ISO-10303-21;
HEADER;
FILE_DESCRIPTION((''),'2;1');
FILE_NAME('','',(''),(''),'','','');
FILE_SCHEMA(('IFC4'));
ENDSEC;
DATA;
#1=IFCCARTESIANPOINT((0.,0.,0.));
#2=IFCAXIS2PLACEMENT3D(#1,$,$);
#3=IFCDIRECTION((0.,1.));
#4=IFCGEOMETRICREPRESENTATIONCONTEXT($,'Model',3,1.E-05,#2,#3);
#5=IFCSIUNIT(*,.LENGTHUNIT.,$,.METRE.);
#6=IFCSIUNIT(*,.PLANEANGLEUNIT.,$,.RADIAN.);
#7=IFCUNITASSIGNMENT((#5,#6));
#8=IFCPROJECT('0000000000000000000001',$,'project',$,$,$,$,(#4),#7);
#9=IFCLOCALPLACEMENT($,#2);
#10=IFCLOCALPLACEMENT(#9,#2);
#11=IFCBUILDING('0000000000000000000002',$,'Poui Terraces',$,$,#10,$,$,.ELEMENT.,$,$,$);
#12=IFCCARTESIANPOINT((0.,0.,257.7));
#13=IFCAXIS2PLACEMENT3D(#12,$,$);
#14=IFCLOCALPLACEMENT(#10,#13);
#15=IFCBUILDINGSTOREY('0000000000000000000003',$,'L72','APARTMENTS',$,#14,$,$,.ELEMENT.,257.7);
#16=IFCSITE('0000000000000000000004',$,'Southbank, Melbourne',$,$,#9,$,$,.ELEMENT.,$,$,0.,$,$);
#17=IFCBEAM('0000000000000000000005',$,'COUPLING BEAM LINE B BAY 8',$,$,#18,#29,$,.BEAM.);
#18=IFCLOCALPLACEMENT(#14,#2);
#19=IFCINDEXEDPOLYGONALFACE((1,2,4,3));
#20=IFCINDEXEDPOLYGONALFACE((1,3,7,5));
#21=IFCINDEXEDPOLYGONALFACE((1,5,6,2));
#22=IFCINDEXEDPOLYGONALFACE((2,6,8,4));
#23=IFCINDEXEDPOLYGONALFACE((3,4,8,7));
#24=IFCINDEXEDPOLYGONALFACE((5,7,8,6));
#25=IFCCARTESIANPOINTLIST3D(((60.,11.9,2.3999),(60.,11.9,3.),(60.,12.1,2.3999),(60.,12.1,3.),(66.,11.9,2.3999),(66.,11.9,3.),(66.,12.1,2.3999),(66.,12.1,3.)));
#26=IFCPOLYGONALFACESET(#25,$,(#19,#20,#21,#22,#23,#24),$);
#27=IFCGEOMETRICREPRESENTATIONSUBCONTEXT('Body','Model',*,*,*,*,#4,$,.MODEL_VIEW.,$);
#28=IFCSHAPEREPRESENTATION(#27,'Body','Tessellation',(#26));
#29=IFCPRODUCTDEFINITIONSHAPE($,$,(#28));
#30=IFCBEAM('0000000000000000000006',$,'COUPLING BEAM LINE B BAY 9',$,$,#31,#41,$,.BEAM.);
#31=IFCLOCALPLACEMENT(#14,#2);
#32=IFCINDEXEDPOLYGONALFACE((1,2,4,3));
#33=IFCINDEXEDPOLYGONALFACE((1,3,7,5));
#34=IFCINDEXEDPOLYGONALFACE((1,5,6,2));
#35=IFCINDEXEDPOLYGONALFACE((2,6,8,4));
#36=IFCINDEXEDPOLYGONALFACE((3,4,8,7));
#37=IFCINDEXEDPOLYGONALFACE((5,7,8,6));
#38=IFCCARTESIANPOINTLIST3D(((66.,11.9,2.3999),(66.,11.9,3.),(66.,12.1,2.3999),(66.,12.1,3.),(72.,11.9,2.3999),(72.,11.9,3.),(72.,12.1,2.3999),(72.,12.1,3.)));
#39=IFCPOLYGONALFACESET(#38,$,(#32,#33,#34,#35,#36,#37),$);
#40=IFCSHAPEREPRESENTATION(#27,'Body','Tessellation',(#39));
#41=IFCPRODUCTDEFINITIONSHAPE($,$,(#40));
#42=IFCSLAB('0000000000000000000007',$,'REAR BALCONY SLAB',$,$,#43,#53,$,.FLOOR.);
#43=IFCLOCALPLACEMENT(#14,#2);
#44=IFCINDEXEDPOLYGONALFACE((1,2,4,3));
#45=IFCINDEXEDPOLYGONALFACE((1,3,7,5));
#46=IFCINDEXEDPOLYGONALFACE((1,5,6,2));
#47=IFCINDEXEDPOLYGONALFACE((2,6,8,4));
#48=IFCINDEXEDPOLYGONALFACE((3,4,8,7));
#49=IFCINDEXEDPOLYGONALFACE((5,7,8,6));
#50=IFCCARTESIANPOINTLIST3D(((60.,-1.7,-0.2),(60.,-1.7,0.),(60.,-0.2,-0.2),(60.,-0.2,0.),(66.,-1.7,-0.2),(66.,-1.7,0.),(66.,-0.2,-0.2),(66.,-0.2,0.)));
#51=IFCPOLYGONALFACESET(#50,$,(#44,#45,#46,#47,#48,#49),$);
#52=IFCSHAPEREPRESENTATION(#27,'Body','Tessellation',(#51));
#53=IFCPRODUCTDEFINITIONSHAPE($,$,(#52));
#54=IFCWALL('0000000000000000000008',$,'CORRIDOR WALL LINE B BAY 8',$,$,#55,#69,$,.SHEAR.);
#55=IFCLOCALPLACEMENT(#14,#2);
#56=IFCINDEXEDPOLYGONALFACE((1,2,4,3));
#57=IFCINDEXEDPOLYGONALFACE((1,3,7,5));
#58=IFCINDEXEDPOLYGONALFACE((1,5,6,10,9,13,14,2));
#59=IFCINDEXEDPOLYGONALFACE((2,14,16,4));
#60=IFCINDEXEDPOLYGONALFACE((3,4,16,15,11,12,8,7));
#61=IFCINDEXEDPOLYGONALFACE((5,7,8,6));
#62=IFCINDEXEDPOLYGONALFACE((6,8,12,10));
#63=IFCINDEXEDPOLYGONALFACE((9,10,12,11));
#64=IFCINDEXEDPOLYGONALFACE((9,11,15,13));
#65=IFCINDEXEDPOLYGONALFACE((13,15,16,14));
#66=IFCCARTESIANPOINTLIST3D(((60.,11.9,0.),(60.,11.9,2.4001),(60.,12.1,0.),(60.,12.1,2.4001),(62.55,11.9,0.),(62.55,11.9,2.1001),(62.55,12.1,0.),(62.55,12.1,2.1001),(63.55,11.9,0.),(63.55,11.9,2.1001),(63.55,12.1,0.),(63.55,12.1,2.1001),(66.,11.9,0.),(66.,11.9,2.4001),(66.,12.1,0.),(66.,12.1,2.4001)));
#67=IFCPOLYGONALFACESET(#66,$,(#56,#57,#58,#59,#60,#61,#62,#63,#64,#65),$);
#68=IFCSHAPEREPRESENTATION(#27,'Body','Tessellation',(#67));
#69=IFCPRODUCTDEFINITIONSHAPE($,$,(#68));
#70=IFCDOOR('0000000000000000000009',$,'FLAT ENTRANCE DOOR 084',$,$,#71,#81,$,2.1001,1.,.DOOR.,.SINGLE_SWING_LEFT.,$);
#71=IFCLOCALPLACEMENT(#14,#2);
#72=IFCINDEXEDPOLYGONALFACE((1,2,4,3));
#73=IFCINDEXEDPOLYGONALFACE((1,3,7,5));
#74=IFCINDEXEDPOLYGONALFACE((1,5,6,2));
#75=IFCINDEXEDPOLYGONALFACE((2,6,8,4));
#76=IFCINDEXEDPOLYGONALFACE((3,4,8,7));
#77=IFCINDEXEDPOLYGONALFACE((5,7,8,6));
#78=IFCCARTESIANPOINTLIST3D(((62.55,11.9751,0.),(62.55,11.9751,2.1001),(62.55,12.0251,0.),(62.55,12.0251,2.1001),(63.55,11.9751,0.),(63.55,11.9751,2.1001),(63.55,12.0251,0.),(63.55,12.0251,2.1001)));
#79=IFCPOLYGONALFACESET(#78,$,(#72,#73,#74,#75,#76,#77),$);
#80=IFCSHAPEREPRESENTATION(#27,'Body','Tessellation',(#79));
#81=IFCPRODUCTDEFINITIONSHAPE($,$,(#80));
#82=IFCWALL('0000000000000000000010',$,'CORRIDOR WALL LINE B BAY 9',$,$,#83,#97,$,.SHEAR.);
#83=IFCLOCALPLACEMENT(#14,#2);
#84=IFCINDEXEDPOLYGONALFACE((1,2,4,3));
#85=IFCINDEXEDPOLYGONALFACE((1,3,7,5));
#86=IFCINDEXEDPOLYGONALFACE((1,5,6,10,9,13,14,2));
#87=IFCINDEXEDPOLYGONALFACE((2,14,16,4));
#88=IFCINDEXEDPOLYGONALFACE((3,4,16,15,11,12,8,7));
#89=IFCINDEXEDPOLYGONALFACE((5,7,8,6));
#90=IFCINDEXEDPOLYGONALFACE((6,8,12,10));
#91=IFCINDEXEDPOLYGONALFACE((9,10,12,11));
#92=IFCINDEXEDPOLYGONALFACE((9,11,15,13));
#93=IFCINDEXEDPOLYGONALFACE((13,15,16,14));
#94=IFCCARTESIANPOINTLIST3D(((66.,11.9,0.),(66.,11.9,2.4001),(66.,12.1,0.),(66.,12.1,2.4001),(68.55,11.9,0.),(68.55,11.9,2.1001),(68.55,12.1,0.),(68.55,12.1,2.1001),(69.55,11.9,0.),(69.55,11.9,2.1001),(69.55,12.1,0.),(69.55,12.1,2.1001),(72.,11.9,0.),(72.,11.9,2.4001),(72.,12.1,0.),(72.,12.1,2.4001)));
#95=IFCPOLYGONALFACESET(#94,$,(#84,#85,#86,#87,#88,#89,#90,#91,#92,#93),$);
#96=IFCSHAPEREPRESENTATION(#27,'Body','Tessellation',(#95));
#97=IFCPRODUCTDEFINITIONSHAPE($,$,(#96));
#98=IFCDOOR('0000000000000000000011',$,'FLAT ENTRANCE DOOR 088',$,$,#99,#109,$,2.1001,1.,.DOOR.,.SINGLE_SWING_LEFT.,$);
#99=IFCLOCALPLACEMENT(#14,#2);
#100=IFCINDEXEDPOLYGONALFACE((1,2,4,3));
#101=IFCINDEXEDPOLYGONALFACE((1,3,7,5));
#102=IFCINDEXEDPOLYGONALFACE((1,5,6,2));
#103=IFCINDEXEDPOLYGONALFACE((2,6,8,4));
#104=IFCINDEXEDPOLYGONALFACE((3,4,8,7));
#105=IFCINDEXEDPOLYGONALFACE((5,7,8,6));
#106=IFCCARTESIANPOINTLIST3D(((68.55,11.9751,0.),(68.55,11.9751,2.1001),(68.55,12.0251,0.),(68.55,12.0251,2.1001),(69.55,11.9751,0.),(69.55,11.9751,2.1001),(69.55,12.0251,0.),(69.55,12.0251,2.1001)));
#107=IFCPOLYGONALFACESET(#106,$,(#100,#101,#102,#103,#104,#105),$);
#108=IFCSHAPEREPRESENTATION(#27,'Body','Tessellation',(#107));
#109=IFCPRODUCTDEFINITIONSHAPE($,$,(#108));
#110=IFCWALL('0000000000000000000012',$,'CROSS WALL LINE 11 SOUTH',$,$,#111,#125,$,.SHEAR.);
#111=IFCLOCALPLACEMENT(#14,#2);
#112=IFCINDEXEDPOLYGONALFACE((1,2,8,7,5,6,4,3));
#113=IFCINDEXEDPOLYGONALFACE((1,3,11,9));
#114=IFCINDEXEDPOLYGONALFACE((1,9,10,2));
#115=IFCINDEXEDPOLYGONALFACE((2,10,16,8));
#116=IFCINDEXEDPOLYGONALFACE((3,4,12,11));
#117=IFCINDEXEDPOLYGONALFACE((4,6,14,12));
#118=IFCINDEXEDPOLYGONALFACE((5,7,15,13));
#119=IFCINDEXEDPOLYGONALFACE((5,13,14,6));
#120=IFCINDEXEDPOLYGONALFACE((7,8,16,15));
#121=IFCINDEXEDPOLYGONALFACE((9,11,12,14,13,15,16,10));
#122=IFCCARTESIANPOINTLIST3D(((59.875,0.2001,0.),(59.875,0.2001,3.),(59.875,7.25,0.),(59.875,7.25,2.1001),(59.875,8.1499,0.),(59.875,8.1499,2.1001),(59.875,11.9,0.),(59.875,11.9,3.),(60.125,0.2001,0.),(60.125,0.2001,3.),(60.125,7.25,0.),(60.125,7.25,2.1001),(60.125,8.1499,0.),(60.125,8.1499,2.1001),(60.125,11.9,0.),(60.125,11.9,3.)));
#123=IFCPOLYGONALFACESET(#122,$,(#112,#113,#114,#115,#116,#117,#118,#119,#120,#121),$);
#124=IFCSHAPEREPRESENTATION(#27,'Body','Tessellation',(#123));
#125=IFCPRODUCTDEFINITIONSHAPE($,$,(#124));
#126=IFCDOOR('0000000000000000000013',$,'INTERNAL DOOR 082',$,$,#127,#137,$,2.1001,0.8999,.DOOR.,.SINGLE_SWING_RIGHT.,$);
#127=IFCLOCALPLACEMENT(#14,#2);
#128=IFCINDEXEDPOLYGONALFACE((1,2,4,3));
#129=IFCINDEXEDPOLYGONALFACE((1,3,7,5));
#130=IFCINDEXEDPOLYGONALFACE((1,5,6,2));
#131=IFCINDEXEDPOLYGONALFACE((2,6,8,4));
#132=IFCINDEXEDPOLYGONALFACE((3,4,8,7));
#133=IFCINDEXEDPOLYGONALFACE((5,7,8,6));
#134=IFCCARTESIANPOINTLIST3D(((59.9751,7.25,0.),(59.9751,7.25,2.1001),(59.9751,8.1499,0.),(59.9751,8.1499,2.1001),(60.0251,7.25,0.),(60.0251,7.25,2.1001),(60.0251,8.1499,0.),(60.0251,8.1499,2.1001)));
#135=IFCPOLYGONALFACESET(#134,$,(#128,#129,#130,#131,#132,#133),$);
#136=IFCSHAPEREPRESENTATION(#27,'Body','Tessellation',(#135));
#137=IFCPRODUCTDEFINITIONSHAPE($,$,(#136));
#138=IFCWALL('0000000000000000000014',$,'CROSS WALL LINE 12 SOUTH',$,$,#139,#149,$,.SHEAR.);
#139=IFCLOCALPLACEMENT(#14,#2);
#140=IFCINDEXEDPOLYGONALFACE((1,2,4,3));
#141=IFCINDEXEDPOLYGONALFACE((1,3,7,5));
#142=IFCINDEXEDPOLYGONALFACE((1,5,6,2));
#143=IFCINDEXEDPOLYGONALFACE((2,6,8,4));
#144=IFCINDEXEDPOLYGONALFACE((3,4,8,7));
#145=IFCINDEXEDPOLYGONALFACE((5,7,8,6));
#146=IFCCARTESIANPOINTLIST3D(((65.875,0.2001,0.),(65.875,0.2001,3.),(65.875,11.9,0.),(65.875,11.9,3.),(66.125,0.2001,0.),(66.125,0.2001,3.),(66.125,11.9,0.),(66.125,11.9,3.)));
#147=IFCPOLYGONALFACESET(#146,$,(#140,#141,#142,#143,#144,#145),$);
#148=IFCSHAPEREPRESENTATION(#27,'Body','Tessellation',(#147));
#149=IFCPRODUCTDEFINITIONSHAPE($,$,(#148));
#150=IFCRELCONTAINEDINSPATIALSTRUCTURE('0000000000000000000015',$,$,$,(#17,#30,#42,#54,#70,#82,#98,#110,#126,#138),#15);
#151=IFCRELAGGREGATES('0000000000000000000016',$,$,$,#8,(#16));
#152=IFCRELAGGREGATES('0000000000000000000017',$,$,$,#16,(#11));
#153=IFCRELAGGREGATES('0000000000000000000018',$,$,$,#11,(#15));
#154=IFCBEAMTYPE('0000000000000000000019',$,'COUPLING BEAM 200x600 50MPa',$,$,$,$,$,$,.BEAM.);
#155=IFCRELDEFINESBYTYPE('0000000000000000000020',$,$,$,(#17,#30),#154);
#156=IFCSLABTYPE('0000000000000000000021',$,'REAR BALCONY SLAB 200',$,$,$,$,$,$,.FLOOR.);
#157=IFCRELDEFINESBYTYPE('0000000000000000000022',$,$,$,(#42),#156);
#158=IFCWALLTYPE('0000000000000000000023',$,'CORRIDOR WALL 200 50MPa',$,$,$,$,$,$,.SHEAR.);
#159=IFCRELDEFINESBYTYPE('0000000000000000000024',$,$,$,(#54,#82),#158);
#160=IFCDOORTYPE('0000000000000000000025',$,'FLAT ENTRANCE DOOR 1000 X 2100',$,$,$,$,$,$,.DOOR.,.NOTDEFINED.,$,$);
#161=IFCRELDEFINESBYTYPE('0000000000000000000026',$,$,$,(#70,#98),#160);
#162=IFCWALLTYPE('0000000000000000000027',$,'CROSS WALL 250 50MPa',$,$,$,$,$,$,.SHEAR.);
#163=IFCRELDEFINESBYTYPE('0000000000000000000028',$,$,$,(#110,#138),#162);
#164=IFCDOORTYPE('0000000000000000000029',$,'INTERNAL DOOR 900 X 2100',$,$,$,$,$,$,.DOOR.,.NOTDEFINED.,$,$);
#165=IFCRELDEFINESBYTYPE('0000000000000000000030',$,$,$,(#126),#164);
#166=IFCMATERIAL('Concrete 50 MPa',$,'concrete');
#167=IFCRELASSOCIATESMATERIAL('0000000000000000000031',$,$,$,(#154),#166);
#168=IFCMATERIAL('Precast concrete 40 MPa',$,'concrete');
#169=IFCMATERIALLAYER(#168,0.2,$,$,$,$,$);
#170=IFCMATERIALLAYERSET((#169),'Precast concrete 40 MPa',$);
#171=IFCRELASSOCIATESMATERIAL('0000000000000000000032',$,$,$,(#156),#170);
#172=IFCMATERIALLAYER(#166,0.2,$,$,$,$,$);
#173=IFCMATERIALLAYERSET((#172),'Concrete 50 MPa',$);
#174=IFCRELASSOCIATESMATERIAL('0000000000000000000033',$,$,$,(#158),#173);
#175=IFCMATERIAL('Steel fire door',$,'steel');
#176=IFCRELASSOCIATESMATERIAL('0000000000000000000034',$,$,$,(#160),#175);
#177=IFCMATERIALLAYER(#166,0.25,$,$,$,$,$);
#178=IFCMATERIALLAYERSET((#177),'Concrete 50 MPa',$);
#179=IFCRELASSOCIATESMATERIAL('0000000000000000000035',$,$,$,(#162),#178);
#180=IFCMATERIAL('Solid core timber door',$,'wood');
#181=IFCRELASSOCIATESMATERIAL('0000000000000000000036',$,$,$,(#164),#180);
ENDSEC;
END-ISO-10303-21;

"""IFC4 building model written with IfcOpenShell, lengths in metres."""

from ifc_helpers import new_model, si_unit, direction, frame, frame_2d, origin, origin_2d, place, context, subcontext, project, spatial, polyline, rectangle, outline, extrude, source, transform, mapped, material, layer, layer_set, material_profile, profile_set, type_object, element, fill, save


model = new_model("IFC4")

# Units and contexts
model_context = context("Model", 3, precision=1e-05, world=origin(), true_north=direction((0.0, 1.0)))
body_context = subcontext(model_context, "Body", "Model", "MODEL_VIEW")
ifc_project = project(units=[si_unit("LENGTHUNIT", "METRE"), si_unit("PLANEANGLEUNIT", "RADIAN")], contexts=[model_context])

# Site, building, storey
site_placement = place(None, origin())
site = spatial("IfcSite", under=ifc_project, at=site_placement, Name="Southbank, Melbourne", CompositionType="ELEMENT", RefElevation=0.0)
building_placement = place(site_placement, origin())
building = spatial("IfcBuilding", under=site, at=building_placement, Name="Poui Terraces", CompositionType="ELEMENT")
storey_placement = place(building_placement, frame((0.0, 0.0, 257.7)))
storey = spatial("IfcBuildingStorey", under=building, at=storey_placement, Name="L72", Description="APARTMENTS", CompositionType="ELEMENT", Elevation=257.7)

# Beams
ifc_material_1 = material(Name="Concrete 50 MPa", Category="concrete")
ifc_material_profile_1 = material_profile(ifc_material_1, rectangle(XDim=0.2, YDim=0.6001, at=origin_2d()), Name="RC 200x600")
ifc_profile_set_1 = profile_set([ifc_material_profile_1], Name="Concrete 50 MPa")
beam_type = type_object("IfcBeamType", Name="COUPLING BEAM 200x600 50MPa", PredefinedType="BEAM", material=ifc_profile_set_1)
shared_shape_1 = source(origin(), body_context, "Body", "SweptSolid", [
    extrude(rectangle(XDim=0.2, YDim=0.6001, at=origin_2d()), origin(), (0.0, 0.0, 1.0), 6.0),
])
for number, where, z_axis, x_axis, name in (
    (1, (60.0, 12.0, 2.7), (1.0, 0.0, 0.0), (0.0, 1.0, 0.0), "COUPLING BEAM LINE B BAY 8"),
    (2, (66.0, 12.0, 2.7), (1.0, 0.0, 0.0), (0.0, 1.0, 0.0), "COUPLING BEAM LINE B BAY 9"),
):
    element("IfcBeam", number, at=place(storey_placement, frame(where, z_axis=z_axis, x_axis=x_axis)), inside=storey, type_object=beam_type, Name=name, PredefinedType="BEAM", context=body_context, shape_type="MappedRepresentation", body=[
        mapped(shared_shape_1, transform((0.0, 0.0, 0.0))),
    ])

# Slab
ifc_material_2 = material(Name="Precast concrete 40 MPa", Category="concrete")
ifc_layer_1 = layer(ifc_material_2, 0.2)
ifc_layer_set_1 = layer_set([ifc_layer_1], Name="Precast concrete 40 MPa")
slab_type = type_object("IfcSlabType", Name="REAR BALCONY SLAB 200", PredefinedType="FLOOR", material=ifc_layer_set_1)
shared_shape_2 = source(origin(), body_context, "Body", "SweptSolid", [
    extrude(outline(polyline([(0.0, 0.0), (6.0, 0.0), (6.0, 1.5), (0.0, 1.5), (0.0, 0.0)])), origin(), (0.0, 0.0, 1.0), 0.2),
])
slab_placement = place(storey_placement, frame((60.0, -1.7, -0.2)))
element("IfcSlab", 3, at=slab_placement, inside=storey, type_object=slab_type, Name="REAR BALCONY SLAB", PredefinedType="FLOOR", context=body_context, shape_type="MappedRepresentation", body=[
    mapped(shared_shape_2, transform((0.0, 0.0, 0.0))),
])

# Walls, openings, doors
ifc_layer_2 = layer(ifc_material_1, 0.2)
ifc_layer_set_2 = layer_set([ifc_layer_2], Name="Concrete 50 MPa")
wall_type_1 = type_object("IfcWallType", Name="CORRIDOR WALL 200 50MPa", PredefinedType="SHEAR", material=ifc_layer_set_2)
wall_1_placement = place(storey_placement, frame((60.0, 12.0, 0.0), z_axis=(0.0, 0.0, 1.0), x_axis=(1.0, 0.0, 0.0)))
wall_1 = element("IfcWall", 4, at=wall_1_placement, inside=storey, type_object=wall_type_1, Name="CORRIDOR WALL LINE B BAY 8", PredefinedType="SHEAR", context=body_context, shape_type="SweptSolid", body=[
    extrude(rectangle(XDim=6.0, YDim=0.2, at=frame_2d((3.0, 0.0))), origin(), (0.0, 0.0, 1.0), 2.4001),
])
opening_1_placement = place(wall_1_placement, frame((2.55, 0.0, 0.0)))
opening_1 = element("IfcOpeningElement", 5, at=opening_1_placement, cuts=wall_1, PredefinedType="OPENING", context=body_context, shape_type="SweptSolid", body=[
    extrude(rectangle(XDim=1.0, YDim=2.1001, at=frame_2d((0.5, 1.05))), frame((0.0, 0.1099, 0.0), z_axis=(0.0, -1.0, 0.0), x_axis=(1.0, 0.0, 0.0)), (0.0, 0.0, 1.0), 0.22),
])
ifc_material_3 = material(Name="Steel fire door", Category="steel")
door_type_1 = type_object("IfcDoorType", Name="FLAT ENTRANCE DOOR 1000 X 2100", OperationType="NOTDEFINED", PredefinedType="DOOR", material=ifc_material_3)
door_1_placement = place(opening_1_placement, frame((1.0, 0.0, 0.0), z_axis=(0.0, 0.0, 1.0), x_axis=(-1.0, 0.0, 0.0)))
door_1 = element("IfcDoor", 6, at=door_1_placement, inside=storey, type_object=door_type_1, Name="FLAT ENTRANCE DOOR 084", OperationType="SINGLE_SWING_LEFT", OverallHeight=2.1001, OverallWidth=1.0, PredefinedType="DOOR", context=body_context, shape_type="SweptSolid", body=[
    extrude(rectangle(XDim=1.0, YDim=2.1001, at=frame_2d((0.5, 1.05))), frame((0.0, 0.0249, 0.0), z_axis=(0.0, -1.0, 0.0), x_axis=(1.0, 0.0, 0.0)), (0.0, 0.0, 1.0), 0.05),
])
fill(opening_1, door_1)
wall_2_placement = place(storey_placement, frame((66.0, 12.0, 0.0), z_axis=(0.0, 0.0, 1.0), x_axis=(1.0, 0.0, 0.0)))
wall_2 = element("IfcWall", 7, at=wall_2_placement, inside=storey, type_object=wall_type_1, Name="CORRIDOR WALL LINE B BAY 9", PredefinedType="SHEAR", context=body_context, shape_type="SweptSolid", body=[
    extrude(rectangle(XDim=6.0, YDim=0.2, at=frame_2d((3.0, 0.0))), origin(), (0.0, 0.0, 1.0), 2.4001),
])
opening_2_placement = place(wall_2_placement, frame((2.55, 0.0, 0.0)))
opening_2 = element("IfcOpeningElement", 8, at=opening_2_placement, cuts=wall_2, PredefinedType="OPENING", context=body_context, shape_type="SweptSolid", body=[
    extrude(rectangle(XDim=1.0, YDim=2.1001, at=frame_2d((0.5, 1.05))), frame((0.0, 0.1099, 0.0), z_axis=(0.0, -1.0, 0.0), x_axis=(1.0, 0.0, 0.0)), (0.0, 0.0, 1.0), 0.22),
])
door_2_placement = place(opening_2_placement, frame((1.0, 0.0, 0.0), z_axis=(0.0, 0.0, 1.0), x_axis=(-1.0, 0.0, 0.0)))
door_2 = element("IfcDoor", 9, at=door_2_placement, inside=storey, type_object=door_type_1, Name="FLAT ENTRANCE DOOR 088", OperationType="SINGLE_SWING_LEFT", OverallHeight=2.1001, OverallWidth=1.0, PredefinedType="DOOR", context=body_context, shape_type="SweptSolid", body=[
    extrude(rectangle(XDim=1.0, YDim=2.1001, at=frame_2d((0.5, 1.05))), frame((0.0, 0.0249, 0.0), z_axis=(0.0, -1.0, 0.0), x_axis=(1.0, 0.0, 0.0)), (0.0, 0.0, 1.0), 0.05),
])
fill(opening_2, door_2)
ifc_layer_3 = layer(ifc_material_1, 0.25)
ifc_layer_set_3 = layer_set([ifc_layer_3], Name="Concrete 50 MPa")
wall_type_2 = type_object("IfcWallType", Name="CROSS WALL 250 50MPa", PredefinedType="SHEAR", material=ifc_layer_set_3)
wall_3_placement = place(storey_placement, frame((60.0, 0.2, 0.0), z_axis=(0.0, 0.0, 1.0), x_axis=(0.0, 1.0, 0.0)))
wall_3 = element("IfcWall", 10, at=wall_3_placement, inside=storey, type_object=wall_type_2, Name="CROSS WALL LINE 11 SOUTH", PredefinedType="SHEAR", context=body_context, shape_type="SweptSolid", body=[
    extrude(rectangle(XDim=11.7, YDim=0.25, at=frame_2d((5.8501, 0.0))), origin(), (0.0, 0.0, 1.0), 3.0),
])
opening_3_placement = place(wall_3_placement, frame((7.05, 0.0, 0.0)))
opening_3 = element("IfcOpeningElement", 11, at=opening_3_placement, cuts=wall_3, PredefinedType="OPENING", context=body_context, shape_type="SweptSolid", body=[
    extrude(rectangle(XDim=0.8999, YDim=2.1001, at=frame_2d((0.45, 1.05))), frame((0.0, 0.135, 0.0), z_axis=(0.0, -1.0, 0.0), x_axis=(1.0, 0.0, 0.0)), (0.0, 0.0, 1.0), 0.27),
])
ifc_material_4 = material(Name="Solid core timber door", Category="wood")
door_type_2 = type_object("IfcDoorType", Name="INTERNAL DOOR 900 X 2100", OperationType="NOTDEFINED", PredefinedType="DOOR", material=ifc_material_4)
door_3_placement = place(opening_3_placement, origin())
door_3 = element("IfcDoor", 12, at=door_3_placement, inside=storey, type_object=door_type_2, Name="INTERNAL DOOR 082", OperationType="SINGLE_SWING_RIGHT", OverallHeight=2.1001, OverallWidth=0.8999, PredefinedType="DOOR", context=body_context, shape_type="SweptSolid", body=[
    extrude(rectangle(XDim=0.8999, YDim=2.1001, at=frame_2d((0.45, 1.05))), frame((0.0, 0.0249, 0.0), z_axis=(0.0, -1.0, 0.0), x_axis=(1.0, 0.0, 0.0)), (0.0, 0.0, 1.0), 0.05),
])
fill(opening_3, door_3)

# Wall
wall_4_placement = place(storey_placement, frame((66.0, 0.2, 0.0), z_axis=(0.0, 0.0, 1.0), x_axis=(0.0, 1.0, 0.0)))
element("IfcWall", 13, at=wall_4_placement, inside=storey, type_object=wall_type_2, Name="CROSS WALL LINE 12 SOUTH", PredefinedType="SHEAR", context=body_context, shape_type="SweptSolid", body=[
    extrude(rectangle(XDim=11.7, YDim=0.25, at=frame_2d((5.8501, 0.0))), origin(), (0.0, 0.0, 1.0), 3.0),
])

save(model, "model.ifc")
